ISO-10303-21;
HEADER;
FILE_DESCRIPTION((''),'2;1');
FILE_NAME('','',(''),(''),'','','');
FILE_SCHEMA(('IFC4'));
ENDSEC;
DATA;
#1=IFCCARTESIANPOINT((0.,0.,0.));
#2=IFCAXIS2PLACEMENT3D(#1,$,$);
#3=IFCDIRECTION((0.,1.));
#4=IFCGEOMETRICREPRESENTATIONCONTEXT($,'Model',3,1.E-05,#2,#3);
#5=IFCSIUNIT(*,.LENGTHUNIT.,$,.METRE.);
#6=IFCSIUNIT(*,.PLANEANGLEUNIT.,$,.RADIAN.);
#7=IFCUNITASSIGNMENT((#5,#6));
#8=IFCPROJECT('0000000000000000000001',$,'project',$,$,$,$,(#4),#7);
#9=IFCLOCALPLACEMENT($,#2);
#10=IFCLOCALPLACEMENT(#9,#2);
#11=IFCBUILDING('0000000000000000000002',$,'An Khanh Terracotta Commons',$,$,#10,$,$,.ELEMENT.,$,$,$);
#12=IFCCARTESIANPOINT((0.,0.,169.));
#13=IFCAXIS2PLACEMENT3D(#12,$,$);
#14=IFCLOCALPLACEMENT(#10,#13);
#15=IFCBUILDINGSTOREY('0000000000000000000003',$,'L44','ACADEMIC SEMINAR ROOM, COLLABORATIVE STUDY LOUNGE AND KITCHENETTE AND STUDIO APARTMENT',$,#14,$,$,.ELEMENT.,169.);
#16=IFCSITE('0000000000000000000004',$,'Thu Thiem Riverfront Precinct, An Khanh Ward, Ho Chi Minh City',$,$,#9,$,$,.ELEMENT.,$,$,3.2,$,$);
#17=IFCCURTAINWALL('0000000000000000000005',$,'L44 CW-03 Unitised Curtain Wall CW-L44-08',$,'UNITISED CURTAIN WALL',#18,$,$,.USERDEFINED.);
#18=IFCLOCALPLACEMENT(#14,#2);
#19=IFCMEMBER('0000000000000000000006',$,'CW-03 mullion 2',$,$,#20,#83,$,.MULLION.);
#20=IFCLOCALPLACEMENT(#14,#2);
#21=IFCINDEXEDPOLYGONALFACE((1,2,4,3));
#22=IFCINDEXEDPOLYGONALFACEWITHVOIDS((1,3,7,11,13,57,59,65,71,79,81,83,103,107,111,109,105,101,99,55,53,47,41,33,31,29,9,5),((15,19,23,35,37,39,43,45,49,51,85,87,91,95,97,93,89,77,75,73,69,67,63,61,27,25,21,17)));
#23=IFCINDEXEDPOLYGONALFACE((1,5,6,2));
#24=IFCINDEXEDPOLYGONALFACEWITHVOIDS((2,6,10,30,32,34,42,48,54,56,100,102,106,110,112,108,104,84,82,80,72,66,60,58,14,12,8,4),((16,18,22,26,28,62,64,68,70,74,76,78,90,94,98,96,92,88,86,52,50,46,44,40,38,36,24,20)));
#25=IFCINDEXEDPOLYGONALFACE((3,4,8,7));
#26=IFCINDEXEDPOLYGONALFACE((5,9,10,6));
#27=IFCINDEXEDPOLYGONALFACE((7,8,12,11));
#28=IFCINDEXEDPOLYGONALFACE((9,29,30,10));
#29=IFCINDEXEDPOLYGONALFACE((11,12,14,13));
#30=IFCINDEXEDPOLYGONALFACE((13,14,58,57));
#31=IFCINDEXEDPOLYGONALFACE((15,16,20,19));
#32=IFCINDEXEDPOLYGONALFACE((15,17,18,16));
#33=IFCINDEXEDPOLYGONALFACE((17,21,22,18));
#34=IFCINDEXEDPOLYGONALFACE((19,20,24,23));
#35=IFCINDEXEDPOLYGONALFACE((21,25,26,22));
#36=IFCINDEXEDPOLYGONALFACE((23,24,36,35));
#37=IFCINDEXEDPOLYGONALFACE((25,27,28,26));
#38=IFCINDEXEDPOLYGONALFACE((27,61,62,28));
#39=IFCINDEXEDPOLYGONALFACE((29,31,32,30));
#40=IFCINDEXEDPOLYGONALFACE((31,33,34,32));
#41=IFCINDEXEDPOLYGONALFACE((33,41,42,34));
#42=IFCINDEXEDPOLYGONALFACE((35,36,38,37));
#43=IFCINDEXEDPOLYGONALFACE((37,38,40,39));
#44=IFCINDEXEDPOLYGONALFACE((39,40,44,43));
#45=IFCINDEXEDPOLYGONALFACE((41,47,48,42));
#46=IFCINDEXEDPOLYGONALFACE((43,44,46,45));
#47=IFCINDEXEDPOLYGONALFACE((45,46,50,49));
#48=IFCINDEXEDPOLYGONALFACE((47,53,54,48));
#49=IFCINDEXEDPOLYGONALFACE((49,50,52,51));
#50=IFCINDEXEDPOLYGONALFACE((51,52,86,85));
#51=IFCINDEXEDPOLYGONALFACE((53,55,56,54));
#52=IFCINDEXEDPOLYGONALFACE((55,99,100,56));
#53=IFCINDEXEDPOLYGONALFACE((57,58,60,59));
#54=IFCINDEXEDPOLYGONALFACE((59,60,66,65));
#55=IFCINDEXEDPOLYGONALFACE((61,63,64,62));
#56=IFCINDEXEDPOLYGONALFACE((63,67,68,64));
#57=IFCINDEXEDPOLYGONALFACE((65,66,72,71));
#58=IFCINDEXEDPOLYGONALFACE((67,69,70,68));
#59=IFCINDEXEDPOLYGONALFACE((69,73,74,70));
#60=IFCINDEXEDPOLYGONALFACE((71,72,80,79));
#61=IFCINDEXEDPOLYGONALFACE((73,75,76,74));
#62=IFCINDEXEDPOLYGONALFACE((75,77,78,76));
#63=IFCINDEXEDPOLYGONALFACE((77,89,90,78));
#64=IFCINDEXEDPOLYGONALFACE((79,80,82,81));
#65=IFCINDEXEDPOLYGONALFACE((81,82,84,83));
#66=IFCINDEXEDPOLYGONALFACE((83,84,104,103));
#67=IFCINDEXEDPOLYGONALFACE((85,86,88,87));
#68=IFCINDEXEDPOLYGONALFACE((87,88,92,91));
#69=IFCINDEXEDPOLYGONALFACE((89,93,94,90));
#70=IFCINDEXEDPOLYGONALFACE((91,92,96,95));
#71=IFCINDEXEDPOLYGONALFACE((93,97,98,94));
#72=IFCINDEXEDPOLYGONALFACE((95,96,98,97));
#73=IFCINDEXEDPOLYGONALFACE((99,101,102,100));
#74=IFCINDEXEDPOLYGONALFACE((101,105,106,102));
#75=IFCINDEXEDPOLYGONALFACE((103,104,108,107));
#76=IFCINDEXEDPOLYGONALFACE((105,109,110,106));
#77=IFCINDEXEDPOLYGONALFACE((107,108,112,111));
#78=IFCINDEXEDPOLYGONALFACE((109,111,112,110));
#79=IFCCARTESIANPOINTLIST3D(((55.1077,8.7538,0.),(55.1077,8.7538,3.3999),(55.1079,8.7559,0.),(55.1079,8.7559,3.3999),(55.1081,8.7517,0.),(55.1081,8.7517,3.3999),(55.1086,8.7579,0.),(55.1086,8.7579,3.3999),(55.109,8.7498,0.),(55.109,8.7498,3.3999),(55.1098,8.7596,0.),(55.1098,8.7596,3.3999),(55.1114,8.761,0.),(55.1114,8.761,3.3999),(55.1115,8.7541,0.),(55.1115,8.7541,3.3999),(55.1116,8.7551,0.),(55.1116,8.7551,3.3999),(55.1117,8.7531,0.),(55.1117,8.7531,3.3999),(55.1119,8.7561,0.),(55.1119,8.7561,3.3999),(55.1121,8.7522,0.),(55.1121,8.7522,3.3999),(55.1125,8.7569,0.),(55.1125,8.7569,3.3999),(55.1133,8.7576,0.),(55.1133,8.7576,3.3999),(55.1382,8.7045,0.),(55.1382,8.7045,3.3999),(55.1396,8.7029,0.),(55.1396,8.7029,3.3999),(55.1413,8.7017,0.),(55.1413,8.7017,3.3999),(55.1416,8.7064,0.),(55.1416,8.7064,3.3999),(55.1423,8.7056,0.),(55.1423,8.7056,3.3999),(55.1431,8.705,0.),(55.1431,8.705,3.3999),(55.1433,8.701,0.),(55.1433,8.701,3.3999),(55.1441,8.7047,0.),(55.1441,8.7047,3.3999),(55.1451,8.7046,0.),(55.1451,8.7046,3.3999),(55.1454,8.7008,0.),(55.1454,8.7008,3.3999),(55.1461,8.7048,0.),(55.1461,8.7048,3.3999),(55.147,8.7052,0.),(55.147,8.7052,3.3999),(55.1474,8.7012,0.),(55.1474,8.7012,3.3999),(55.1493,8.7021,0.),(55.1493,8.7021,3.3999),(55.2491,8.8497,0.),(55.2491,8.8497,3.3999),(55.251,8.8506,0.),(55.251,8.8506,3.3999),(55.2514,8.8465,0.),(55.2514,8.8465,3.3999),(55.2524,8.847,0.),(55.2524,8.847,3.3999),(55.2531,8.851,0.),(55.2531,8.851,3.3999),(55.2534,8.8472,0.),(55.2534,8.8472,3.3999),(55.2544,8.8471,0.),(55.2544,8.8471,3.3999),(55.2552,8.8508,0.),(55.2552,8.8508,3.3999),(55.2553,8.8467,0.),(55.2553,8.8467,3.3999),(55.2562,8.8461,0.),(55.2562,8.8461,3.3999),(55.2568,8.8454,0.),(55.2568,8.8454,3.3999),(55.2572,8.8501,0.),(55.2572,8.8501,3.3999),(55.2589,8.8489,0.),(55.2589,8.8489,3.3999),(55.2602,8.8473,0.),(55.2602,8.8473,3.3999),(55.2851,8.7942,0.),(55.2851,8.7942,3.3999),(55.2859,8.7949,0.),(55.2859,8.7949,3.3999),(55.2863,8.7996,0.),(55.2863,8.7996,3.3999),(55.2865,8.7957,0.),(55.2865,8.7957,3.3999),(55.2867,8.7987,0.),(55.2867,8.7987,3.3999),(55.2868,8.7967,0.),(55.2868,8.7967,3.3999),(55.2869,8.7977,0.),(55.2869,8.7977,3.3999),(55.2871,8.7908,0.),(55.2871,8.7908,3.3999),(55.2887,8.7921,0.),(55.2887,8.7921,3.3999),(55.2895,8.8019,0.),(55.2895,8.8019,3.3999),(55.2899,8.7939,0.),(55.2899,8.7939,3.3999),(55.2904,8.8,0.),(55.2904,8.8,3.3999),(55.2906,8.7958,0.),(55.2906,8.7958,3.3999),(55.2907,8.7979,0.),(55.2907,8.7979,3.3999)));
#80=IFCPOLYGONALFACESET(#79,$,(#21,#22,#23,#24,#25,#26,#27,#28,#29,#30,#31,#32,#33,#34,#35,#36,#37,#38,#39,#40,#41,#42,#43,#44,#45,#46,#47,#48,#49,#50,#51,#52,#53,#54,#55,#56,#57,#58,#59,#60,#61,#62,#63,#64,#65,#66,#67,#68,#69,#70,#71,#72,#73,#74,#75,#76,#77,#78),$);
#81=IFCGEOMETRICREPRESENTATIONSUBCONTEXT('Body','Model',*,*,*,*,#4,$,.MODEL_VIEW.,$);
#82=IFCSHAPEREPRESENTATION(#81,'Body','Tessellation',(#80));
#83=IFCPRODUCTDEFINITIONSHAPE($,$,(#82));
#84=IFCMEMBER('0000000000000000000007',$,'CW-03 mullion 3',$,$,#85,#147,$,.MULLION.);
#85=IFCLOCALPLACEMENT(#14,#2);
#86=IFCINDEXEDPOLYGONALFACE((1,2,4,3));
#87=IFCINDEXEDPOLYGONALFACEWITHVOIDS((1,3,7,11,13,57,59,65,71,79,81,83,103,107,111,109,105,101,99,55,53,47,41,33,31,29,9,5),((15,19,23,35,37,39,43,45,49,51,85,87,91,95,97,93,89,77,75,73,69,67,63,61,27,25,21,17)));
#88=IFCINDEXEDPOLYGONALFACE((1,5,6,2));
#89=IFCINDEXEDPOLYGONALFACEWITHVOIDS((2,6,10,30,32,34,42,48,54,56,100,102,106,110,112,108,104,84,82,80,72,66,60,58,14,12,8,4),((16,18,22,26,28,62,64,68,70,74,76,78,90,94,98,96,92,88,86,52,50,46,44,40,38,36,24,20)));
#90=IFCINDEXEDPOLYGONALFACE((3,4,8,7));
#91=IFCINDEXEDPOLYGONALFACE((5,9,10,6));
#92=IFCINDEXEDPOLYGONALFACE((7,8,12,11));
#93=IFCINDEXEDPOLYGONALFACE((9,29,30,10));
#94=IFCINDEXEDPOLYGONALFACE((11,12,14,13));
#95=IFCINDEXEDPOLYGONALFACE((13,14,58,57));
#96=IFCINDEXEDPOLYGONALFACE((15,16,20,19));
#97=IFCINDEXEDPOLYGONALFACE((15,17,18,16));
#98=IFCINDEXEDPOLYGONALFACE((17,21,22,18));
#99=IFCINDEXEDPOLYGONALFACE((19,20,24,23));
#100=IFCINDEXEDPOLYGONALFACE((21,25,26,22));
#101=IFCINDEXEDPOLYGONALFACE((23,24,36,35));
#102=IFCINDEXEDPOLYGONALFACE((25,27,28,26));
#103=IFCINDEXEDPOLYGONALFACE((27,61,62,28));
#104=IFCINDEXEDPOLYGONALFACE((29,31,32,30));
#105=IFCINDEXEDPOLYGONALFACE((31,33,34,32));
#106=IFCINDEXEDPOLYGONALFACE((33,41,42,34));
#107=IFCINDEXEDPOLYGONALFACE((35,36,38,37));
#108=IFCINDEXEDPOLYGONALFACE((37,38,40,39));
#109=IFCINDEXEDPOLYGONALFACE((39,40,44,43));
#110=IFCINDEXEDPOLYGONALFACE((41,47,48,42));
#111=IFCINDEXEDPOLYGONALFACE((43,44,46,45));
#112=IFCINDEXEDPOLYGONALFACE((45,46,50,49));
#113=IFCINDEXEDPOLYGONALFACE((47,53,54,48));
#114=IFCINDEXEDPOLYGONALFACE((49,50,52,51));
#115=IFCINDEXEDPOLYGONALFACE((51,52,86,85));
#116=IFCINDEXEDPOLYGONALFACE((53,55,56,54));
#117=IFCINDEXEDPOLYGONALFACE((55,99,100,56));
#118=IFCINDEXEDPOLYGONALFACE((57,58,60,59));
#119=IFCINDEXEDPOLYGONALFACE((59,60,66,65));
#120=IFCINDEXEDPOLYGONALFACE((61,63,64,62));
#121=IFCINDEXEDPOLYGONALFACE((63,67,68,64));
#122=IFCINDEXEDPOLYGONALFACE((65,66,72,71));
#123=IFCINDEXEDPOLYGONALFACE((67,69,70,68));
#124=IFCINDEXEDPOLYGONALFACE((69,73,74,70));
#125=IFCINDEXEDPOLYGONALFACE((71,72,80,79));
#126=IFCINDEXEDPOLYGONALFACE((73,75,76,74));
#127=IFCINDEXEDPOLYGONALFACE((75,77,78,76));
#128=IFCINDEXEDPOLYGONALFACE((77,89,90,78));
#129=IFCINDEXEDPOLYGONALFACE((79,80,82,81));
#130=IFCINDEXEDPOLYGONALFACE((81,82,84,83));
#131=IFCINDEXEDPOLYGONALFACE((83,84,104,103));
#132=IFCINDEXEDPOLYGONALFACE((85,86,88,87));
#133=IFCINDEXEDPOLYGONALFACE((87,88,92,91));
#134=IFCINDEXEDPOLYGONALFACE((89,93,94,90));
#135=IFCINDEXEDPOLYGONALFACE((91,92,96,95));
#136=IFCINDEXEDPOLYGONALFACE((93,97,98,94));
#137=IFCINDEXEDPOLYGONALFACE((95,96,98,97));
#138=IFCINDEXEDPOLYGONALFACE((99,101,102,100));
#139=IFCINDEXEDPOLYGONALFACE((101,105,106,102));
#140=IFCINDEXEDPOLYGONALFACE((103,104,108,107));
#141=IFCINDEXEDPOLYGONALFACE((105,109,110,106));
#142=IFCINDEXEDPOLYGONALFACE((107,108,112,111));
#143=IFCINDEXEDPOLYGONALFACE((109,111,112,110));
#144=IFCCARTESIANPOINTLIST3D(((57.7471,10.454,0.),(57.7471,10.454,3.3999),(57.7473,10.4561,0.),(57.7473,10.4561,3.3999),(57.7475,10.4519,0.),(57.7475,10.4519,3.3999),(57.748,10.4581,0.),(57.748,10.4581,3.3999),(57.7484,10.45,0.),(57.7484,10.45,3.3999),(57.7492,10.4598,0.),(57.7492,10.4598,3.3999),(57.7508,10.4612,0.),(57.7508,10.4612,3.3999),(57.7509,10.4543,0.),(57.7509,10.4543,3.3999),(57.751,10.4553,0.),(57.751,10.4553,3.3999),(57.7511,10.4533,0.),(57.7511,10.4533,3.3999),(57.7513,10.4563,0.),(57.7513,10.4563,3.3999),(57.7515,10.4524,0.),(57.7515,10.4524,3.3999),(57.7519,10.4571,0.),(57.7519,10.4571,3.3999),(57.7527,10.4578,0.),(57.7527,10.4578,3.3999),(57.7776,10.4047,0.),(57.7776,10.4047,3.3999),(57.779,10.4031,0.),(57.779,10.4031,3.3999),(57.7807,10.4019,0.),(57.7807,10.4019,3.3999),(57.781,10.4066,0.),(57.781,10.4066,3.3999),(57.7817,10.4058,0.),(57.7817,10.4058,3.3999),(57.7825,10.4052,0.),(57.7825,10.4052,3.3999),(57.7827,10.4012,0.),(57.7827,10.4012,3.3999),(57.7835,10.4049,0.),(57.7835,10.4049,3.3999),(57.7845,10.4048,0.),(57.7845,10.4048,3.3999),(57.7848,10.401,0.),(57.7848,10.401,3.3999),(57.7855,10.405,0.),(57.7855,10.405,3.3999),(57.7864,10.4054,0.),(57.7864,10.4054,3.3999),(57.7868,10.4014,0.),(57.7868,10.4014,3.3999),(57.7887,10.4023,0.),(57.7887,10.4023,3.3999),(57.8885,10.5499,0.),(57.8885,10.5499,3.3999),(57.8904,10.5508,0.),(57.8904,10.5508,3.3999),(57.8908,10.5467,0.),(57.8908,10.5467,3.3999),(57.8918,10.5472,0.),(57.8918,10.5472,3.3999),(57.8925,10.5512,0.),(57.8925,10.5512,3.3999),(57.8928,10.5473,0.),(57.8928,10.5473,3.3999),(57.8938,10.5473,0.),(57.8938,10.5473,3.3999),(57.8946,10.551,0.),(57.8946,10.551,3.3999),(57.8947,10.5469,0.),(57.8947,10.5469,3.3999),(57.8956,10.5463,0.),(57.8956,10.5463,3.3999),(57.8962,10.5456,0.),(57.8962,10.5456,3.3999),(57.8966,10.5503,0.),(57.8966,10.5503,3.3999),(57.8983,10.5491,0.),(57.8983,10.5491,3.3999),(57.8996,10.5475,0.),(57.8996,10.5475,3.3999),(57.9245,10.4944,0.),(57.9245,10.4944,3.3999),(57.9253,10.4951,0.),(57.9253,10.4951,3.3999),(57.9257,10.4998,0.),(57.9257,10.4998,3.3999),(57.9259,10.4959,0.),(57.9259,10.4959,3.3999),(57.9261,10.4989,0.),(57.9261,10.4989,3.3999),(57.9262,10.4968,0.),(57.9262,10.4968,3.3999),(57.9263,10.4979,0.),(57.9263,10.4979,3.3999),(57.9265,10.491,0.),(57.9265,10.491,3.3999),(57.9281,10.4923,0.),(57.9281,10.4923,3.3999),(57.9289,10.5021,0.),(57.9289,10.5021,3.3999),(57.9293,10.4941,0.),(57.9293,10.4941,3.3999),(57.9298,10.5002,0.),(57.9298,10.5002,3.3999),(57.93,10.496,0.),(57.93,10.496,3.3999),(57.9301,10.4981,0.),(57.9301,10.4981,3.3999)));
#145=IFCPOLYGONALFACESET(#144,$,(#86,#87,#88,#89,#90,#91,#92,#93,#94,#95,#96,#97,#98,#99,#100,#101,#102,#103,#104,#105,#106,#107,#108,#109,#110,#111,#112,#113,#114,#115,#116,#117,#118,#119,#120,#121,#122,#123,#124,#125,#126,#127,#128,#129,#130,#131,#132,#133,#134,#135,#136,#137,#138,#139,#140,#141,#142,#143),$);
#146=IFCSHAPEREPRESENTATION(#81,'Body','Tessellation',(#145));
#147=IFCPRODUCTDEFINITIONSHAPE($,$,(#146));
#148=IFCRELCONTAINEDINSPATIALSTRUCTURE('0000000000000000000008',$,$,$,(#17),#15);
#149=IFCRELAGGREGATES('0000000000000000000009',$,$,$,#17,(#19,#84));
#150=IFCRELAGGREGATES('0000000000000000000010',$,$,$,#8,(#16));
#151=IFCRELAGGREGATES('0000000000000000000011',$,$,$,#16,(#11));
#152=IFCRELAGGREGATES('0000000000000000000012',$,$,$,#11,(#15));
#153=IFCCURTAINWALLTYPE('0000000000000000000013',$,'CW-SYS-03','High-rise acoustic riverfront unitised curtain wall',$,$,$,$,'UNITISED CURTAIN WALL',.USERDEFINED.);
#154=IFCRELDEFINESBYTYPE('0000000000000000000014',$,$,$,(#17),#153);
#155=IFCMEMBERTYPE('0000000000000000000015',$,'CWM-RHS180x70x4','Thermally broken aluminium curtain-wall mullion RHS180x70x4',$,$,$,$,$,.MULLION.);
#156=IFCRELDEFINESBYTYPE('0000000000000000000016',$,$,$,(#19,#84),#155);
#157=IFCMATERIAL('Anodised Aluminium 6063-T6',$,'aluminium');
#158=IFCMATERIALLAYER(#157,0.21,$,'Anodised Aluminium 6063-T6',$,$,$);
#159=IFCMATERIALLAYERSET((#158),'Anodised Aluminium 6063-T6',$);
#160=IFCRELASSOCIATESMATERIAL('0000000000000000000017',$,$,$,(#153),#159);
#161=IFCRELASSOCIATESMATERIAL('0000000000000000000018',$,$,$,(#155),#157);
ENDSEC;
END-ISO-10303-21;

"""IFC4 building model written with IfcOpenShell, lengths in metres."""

from ifc_helpers import new_model, si_unit, direction, frame, origin, origin_2d, place, context, subcontext, project, spatial, hollow_rectangle, extrude, material, layer, layer_set, material_profile, profile_set, type_object, element, aggregate, save


model = new_model("IFC4")

# Units and contexts
model_context = context("Model", 3, precision=1e-05, world=origin(), true_north=direction((0.0, 1.0)))
body_context = subcontext(model_context, "Body", "Model", "MODEL_VIEW")
ifc_project = project(units=[si_unit("LENGTHUNIT", "METRE"), si_unit("PLANEANGLEUNIT", "RADIAN")], contexts=[model_context])

# Site, building, storey
site_placement = place(None, origin())
site = spatial("IfcSite", under=ifc_project, at=site_placement, Name="Thu Thiem Riverfront Precinct, An Khanh Ward, Ho Chi Minh City", CompositionType="ELEMENT", RefElevation=3.2)
building_placement = place(site_placement, origin())
building = spatial("IfcBuilding", under=site, at=building_placement, Name="An Khanh Terracotta Commons", CompositionType="ELEMENT")
storey_placement = place(building_placement, frame((0.0, 0.0, 169.0)))
storey = spatial("IfcBuildingStorey", under=building, at=storey_placement, Name="L44", Description="ACADEMIC SEMINAR ROOM, COLLABORATIVE STUDY LOUNGE AND KITCHENETTE AND STUDIO APARTMENT", CompositionType="ELEMENT", Elevation=169.0)

# Curtain wall, members
ifc_material_1 = material(Name="Anodised Aluminium 6063-T6", Category="aluminium")
ifc_layer_1 = layer(ifc_material_1, 0.21, Name="Anodised Aluminium 6063-T6")
ifc_layer_set_1 = layer_set([ifc_layer_1], Name="Anodised Aluminium 6063-T6")
curtain_wall_type = type_object("IfcCurtainWallType", Name="CW-SYS-03", Description="High-rise acoustic riverfront unitised curtain wall", ElementType="UNITISED CURTAIN WALL", PredefinedType="USERDEFINED", material=ifc_layer_set_1)
curtain_wall_1_placement = place(storey_placement, origin())
curtain_wall_1 = element("IfcCurtainWall", 1, at=curtain_wall_1_placement, inside=storey, type_object=curtain_wall_type, Name="L44 CW-03 Unitised Curtain Wall CW-L44-08", ObjectType="UNITISED CURTAIN WALL", PredefinedType="USERDEFINED")
ifc_material_profile_1 = material_profile(ifc_material_1, hollow_rectangle(XDim=0.0701, YDim=0.1799, WallThickness=0.0039, InnerFilletRadius=0.0039, OuterFilletRadius=0.0081, at=origin_2d()), Name="RHS180x70x4")
ifc_profile_set_1 = profile_set([ifc_material_profile_1], Name="Anodised Aluminium 6063-T6")
member_type_1 = type_object("IfcMemberType", Name="CWM-RHS180x70x4", Description="Thermally broken aluminium curtain-wall mullion RHS180x70x4", PredefinedType="MULLION", material=ifc_profile_set_1)
member_1_placement = place(storey_placement, frame((55.1992, 8.7759, 0.0), z_axis=(0.0, 0.0, 1.0), x_axis=(-0.541498, 0.840702, 0.0)))
member_1 = element("IfcMember", 2, at=member_1_placement, type_object=member_type_1, Name="CW-03 mullion 2", PredefinedType="MULLION", context=body_context, shape_type="SweptSolid", body=[
    extrude(hollow_rectangle(XDim=0.0701, YDim=0.1799, WallThickness=0.0039, InnerFilletRadius=0.0039, OuterFilletRadius=0.0081, at=origin_2d()), origin(), (0.0, 0.0, 1.0), 3.3999),
])
member_2_placement = place(storey_placement, frame((57.8386, 10.4761, 0.0), z_axis=(0.0, 0.0, 1.0), x_axis=(-0.541498, 0.840702, 0.0)))
member_2 = element("IfcMember", 3, at=member_2_placement, type_object=member_type_1, Name="CW-03 mullion 3", PredefinedType="MULLION", context=body_context, shape_type="SweptSolid", body=[
    extrude(hollow_rectangle(XDim=0.0701, YDim=0.1799, WallThickness=0.0039, InnerFilletRadius=0.0039, OuterFilletRadius=0.0081, at=origin_2d()), origin(), (0.0, 0.0, 1.0), 3.3999),
])

aggregate(curtain_wall_1, [member_1, member_2])

save(model, "model.ifc")
